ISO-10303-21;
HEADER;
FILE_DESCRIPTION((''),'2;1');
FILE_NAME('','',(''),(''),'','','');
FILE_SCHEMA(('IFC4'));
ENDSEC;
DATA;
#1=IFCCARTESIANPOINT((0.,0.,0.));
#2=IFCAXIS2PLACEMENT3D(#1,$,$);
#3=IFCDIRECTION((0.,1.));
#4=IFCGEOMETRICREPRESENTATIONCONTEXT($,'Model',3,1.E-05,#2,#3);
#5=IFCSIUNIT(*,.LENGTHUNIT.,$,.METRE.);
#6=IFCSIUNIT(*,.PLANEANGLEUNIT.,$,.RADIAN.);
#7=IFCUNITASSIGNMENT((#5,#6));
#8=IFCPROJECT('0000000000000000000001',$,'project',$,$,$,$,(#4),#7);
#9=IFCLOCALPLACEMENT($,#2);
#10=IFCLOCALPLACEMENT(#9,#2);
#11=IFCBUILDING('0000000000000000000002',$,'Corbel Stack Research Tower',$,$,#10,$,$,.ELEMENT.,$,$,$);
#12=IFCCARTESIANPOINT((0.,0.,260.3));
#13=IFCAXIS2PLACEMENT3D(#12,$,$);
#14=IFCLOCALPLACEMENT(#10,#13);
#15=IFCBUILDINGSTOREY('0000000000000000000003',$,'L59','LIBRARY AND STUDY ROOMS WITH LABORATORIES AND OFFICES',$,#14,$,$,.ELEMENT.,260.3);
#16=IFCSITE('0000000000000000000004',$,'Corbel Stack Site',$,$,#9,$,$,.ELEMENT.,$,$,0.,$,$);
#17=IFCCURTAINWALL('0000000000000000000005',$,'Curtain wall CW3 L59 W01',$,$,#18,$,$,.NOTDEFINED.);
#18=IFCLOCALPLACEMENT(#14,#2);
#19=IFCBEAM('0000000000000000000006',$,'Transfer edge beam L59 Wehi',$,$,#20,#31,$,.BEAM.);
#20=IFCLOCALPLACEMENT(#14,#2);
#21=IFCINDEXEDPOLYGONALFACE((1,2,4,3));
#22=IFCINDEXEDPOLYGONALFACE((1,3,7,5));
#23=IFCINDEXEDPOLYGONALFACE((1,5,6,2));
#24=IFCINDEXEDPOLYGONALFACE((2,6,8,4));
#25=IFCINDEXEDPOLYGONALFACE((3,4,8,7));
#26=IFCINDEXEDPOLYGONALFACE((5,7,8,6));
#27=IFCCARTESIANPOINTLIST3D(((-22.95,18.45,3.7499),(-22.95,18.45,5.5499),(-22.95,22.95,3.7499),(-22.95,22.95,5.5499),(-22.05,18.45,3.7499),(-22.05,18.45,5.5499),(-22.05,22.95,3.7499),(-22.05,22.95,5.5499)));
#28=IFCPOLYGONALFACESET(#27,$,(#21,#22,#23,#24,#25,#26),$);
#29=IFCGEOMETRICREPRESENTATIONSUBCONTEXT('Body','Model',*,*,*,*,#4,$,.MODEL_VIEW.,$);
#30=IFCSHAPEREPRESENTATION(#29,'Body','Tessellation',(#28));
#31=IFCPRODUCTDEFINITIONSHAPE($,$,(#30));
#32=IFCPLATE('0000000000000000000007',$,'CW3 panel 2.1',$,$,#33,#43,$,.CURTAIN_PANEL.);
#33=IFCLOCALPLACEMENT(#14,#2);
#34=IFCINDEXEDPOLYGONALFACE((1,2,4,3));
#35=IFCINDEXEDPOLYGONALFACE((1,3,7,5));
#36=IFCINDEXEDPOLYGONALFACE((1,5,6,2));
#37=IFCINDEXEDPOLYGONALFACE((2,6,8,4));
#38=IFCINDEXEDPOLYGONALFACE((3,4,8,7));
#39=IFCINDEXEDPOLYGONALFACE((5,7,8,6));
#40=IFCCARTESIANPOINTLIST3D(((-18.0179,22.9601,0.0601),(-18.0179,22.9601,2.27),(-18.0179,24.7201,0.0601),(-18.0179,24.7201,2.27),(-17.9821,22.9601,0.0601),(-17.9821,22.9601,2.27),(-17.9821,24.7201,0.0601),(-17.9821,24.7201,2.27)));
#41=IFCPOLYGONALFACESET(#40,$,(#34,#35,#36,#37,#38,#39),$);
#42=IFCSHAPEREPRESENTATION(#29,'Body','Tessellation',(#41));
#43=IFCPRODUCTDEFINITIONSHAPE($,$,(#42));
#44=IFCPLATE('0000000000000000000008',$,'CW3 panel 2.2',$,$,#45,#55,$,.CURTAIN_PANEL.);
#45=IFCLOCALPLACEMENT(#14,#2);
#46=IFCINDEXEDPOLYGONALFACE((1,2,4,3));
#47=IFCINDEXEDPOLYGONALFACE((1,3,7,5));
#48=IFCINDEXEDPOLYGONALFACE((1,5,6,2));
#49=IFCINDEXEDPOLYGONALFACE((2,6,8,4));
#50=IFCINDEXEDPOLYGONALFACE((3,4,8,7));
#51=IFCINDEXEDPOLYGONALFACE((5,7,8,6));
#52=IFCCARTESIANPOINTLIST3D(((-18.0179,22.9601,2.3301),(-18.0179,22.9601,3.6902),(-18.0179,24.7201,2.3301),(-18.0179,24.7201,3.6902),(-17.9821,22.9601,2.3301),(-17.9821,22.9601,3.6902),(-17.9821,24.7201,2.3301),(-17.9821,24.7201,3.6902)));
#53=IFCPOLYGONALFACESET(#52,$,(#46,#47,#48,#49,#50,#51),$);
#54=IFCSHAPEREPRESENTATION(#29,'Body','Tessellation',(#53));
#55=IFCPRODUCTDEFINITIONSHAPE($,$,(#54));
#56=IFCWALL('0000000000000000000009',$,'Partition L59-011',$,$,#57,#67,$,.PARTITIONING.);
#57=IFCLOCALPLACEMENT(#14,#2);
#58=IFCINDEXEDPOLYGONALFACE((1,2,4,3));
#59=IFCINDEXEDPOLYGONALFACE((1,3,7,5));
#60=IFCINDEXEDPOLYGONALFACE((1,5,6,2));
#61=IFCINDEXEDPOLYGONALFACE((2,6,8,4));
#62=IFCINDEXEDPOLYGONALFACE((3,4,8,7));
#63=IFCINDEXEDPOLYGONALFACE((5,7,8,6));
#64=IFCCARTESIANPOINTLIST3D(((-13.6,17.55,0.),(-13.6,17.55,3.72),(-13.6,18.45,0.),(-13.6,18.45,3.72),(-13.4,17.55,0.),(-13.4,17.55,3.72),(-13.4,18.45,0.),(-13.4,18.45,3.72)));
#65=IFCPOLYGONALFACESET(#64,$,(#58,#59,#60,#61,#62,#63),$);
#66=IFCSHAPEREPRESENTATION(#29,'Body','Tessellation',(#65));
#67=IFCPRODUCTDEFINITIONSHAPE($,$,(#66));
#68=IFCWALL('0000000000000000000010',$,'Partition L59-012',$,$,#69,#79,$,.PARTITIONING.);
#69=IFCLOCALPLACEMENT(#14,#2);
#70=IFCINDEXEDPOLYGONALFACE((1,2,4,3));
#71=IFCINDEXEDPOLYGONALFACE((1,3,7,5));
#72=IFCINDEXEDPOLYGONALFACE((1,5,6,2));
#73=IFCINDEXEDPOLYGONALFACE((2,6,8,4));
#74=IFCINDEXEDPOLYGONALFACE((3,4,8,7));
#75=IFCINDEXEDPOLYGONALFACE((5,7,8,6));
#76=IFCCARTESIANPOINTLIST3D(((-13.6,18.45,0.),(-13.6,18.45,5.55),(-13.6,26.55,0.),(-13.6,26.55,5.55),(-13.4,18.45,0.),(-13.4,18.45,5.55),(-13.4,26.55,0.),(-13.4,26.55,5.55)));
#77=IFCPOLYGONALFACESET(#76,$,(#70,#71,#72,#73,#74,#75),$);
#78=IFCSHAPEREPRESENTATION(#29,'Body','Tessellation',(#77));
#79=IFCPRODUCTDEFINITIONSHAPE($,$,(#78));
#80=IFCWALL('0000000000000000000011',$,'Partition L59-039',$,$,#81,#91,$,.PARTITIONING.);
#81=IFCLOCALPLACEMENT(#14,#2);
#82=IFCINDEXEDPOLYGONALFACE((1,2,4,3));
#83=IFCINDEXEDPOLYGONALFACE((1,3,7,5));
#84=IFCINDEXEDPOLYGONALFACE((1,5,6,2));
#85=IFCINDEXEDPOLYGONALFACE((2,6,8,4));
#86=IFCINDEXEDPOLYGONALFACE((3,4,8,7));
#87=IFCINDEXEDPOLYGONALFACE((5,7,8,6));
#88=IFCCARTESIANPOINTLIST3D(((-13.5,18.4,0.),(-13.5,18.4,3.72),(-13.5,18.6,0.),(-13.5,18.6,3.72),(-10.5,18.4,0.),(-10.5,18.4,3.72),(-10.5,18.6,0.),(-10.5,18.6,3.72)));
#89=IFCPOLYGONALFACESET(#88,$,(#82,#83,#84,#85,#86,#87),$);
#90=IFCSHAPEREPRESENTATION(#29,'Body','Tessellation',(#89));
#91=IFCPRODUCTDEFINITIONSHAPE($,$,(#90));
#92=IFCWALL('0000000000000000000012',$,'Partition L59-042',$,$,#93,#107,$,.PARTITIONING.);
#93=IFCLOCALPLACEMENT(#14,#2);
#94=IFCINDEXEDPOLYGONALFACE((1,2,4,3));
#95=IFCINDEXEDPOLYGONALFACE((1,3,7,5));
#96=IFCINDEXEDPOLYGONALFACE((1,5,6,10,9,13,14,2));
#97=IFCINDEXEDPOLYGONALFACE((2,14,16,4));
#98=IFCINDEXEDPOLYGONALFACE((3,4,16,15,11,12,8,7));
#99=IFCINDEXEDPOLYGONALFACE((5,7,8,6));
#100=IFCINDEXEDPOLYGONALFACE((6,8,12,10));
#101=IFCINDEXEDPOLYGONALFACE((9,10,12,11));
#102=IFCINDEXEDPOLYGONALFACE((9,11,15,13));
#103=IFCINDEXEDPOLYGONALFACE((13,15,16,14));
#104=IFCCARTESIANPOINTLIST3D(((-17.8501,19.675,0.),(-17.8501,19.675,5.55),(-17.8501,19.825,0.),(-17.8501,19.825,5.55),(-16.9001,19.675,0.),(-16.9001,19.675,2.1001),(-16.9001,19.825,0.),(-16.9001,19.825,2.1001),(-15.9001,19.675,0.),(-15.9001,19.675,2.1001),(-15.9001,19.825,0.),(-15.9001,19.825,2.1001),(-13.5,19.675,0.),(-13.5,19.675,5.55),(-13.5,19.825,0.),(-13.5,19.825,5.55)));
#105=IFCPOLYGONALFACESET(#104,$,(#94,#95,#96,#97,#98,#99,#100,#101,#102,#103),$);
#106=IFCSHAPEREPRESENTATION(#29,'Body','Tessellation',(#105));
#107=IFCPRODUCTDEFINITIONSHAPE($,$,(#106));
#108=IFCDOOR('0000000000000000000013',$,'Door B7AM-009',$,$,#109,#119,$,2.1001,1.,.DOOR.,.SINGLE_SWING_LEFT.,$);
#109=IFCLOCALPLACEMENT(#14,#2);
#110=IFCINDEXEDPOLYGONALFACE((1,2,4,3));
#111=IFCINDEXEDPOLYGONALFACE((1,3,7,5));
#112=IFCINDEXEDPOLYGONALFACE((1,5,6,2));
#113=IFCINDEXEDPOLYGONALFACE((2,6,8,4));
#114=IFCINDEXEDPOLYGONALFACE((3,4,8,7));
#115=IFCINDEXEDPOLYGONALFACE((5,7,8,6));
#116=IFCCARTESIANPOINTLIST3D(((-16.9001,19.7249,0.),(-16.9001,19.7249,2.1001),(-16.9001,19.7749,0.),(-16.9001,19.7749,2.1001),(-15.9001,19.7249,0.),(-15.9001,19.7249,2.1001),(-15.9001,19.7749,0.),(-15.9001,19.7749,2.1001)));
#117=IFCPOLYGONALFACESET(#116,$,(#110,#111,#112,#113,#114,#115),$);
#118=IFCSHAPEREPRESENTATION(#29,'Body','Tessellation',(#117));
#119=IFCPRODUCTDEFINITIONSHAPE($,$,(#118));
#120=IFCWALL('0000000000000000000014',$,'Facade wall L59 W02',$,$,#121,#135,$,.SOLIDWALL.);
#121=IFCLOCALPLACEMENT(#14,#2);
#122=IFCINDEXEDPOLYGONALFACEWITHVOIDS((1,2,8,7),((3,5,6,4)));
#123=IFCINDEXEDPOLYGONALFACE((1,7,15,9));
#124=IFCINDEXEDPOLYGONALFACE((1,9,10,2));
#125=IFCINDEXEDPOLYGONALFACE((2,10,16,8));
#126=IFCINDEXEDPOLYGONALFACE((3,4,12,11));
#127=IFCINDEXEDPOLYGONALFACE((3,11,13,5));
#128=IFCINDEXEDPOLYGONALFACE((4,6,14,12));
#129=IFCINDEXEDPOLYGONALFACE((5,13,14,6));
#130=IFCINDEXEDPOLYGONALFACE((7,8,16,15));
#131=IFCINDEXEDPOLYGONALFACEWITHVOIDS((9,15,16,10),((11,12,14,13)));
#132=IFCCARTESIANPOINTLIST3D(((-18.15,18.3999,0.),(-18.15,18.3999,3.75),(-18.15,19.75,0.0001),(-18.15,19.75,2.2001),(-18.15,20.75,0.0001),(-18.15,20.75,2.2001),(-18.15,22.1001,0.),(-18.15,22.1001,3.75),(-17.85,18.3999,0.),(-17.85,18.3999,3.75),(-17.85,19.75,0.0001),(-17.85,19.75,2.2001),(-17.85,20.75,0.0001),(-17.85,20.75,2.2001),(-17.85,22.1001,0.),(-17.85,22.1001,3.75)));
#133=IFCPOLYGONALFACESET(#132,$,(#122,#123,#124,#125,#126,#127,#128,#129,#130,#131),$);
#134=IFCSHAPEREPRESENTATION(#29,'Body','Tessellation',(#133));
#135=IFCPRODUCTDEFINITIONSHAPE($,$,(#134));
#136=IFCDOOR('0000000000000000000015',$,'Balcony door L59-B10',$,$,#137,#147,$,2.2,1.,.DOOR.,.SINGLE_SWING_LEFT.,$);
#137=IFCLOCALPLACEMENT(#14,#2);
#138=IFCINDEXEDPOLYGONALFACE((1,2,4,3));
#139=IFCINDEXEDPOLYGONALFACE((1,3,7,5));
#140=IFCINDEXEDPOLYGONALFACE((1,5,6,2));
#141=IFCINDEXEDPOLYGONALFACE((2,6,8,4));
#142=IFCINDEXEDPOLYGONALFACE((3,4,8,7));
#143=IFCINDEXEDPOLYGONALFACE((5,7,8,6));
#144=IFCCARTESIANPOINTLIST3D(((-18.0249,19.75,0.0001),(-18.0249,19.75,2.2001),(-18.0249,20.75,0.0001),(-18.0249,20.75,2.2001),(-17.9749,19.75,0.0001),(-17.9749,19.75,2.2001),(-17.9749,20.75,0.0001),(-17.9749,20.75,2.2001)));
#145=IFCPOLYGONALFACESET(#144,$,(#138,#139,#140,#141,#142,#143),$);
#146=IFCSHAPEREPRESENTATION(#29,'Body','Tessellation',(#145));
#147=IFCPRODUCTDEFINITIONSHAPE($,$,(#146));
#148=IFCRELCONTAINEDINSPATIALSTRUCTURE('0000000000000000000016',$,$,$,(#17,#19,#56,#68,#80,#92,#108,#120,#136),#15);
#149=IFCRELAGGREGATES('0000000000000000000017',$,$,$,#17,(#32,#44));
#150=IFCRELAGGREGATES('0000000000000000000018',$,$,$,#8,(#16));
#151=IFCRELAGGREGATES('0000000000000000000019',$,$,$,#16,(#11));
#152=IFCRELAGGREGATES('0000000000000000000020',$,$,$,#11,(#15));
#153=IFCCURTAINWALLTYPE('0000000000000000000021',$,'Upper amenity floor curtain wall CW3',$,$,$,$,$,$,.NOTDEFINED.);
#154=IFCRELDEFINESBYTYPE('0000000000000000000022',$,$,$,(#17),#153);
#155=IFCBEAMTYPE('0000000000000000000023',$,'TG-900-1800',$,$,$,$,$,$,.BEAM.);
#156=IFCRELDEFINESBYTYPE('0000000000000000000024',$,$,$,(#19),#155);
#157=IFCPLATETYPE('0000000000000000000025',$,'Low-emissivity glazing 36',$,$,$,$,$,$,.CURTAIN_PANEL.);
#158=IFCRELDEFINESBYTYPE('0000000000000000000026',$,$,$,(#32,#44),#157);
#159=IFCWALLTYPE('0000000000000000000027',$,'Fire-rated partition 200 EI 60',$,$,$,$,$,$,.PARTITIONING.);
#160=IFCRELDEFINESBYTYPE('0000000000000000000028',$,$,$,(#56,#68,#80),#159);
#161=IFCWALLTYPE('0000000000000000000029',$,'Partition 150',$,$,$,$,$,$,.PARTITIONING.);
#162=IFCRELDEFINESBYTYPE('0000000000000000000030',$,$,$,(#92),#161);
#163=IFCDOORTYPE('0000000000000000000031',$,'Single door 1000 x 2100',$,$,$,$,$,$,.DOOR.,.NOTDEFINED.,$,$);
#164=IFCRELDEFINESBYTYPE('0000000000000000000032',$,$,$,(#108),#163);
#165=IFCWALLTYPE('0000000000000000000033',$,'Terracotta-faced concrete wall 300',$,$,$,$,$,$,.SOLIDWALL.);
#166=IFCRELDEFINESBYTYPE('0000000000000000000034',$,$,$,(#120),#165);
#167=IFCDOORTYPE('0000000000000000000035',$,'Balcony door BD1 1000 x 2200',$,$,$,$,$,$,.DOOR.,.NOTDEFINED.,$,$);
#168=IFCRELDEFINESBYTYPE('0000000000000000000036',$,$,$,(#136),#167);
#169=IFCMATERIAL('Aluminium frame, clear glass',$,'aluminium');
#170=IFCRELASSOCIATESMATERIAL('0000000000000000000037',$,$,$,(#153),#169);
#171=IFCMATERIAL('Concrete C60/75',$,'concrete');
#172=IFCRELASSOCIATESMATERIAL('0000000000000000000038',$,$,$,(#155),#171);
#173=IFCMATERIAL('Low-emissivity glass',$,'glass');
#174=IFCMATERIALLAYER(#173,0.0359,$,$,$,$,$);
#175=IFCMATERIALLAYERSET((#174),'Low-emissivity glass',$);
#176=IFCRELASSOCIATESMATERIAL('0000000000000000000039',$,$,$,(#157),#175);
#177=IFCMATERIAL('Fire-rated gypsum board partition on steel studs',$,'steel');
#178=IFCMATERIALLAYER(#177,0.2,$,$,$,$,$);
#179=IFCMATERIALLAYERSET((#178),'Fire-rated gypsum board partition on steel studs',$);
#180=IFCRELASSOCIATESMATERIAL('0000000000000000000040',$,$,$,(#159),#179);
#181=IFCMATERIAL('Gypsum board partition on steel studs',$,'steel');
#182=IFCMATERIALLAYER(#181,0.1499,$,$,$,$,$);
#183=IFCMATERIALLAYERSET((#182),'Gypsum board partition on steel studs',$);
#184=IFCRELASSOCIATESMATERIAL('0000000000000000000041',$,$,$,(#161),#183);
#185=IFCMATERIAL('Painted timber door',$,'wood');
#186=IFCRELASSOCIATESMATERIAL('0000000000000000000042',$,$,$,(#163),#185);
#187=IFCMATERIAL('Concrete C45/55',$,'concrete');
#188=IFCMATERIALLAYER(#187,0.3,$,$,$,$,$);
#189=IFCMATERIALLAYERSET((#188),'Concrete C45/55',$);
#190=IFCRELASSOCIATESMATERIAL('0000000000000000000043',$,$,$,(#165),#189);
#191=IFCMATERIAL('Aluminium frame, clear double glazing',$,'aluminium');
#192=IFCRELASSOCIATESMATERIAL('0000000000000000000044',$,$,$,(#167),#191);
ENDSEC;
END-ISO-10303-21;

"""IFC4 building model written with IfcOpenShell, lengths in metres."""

from ifc_helpers import new_model, si_unit, direction, frame, frame_2d, origin, origin_2d, place, context, subcontext, project, spatial, rectangle, extrude, material, layer, layer_set, material_profile, profile_set, type_object, element, fill, aggregate, save


model = new_model("IFC4")

# Units and contexts
model_context = context("Model", 3, precision=1e-05, world=origin(), true_north=direction((0.0, 1.0)))
body_context = subcontext(model_context, "Body", "Model", "MODEL_VIEW")
ifc_project = project(units=[si_unit("LENGTHUNIT", "METRE"), si_unit("PLANEANGLEUNIT", "RADIAN")], contexts=[model_context])

# Site, building, storey
site_placement = place(None, origin())
site = spatial("IfcSite", under=ifc_project, at=site_placement, Name="Corbel Stack Site", CompositionType="ELEMENT", RefElevation=0.0)
building_placement = place(site_placement, origin())
building = spatial("IfcBuilding", under=site, at=building_placement, Name="Corbel Stack Research Tower", CompositionType="ELEMENT")
storey_placement = place(building_placement, frame((0.0, 0.0, 260.3)))
storey = spatial("IfcBuildingStorey", under=building, at=storey_placement, Name="L59", Description="LIBRARY AND STUDY ROOMS WITH LABORATORIES AND OFFICES", CompositionType="ELEMENT", Elevation=260.3)

# Curtain wall
ifc_material_1 = material(Name="Aluminium frame, clear glass", Category="aluminium")
curtain_wall_type = type_object("IfcCurtainWallType", Name="Upper amenity floor curtain wall CW3", PredefinedType="NOTDEFINED", material=ifc_material_1)
curtain_wall_1_placement = place(storey_placement, origin())
curtain_wall_1 = element("IfcCurtainWall", 1, at=curtain_wall_1_placement, inside=storey, type_object=curtain_wall_type, Name="Curtain wall CW3 L59 W01", PredefinedType="NOTDEFINED")

# Beam
ifc_material_2 = material(Name="Concrete C60/75", Category="concrete")
ifc_material_profile_1 = material_profile(ifc_material_2, rectangle(XDim=0.8999, YDim=1.8, at=origin_2d()), Name="RC 900 x 1800")
ifc_profile_set_1 = profile_set([ifc_material_profile_1], Name="Concrete C60/75")
beam_type_1 = type_object("IfcBeamType", Name="TG-900-1800", PredefinedType="BEAM", material=ifc_profile_set_1)
beam_1_placement = place(storey_placement, frame((-22.5, 18.45, 4.6499), z_axis=(0.0, 1.0, 0.0), x_axis=(-1.0, 0.0, 0.0)))
element("IfcBeam", 2, at=beam_1_placement, inside=storey, type_object=beam_type_1, Name="Transfer edge beam L59 Wehi", PredefinedType="BEAM", context=body_context, shape_type="SweptSolid", body=[
    extrude(rectangle(XDim=0.8999, YDim=1.8, at=origin_2d()), origin(), (0.0, 0.0, 1.0), 4.5),
])

# Plates
ifc_material_3 = material(Name="Low-emissivity glass", Category="glass")
ifc_layer_1 = layer(ifc_material_3, 0.0359)
ifc_layer_set_1 = layer_set([ifc_layer_1], Name="Low-emissivity glass")
plate_type = type_object("IfcPlateType", Name="Low-emissivity glazing 36", PredefinedType="CURTAIN_PANEL", material=ifc_layer_set_1)
plate_1_placement = place(storey_placement, frame((-18.0, 23.8401, 0.0601), z_axis=(0.0, 0.0, 1.0), x_axis=(0.0, -1.0, 0.0)))
plate_1 = element("IfcPlate", 3, at=plate_1_placement, type_object=plate_type, Name="CW3 panel 2.1", PredefinedType="CURTAIN_PANEL", context=body_context, shape_type="SweptSolid", body=[
    extrude(rectangle(XDim=1.76, YDim=0.0359, at=origin_2d()), origin(), (0.0, 0.0, 1.0), 2.21),
])
plate_2_placement = place(storey_placement, frame((-18.0, 23.8401, 2.3301), z_axis=(0.0, 0.0, 1.0), x_axis=(0.0, -1.0, 0.0)))
plate_2 = element("IfcPlate", 4, at=plate_2_placement, type_object=plate_type, Name="CW3 panel 2.2", PredefinedType="CURTAIN_PANEL", context=body_context, shape_type="SweptSolid", body=[
    extrude(rectangle(XDim=1.76, YDim=0.0359, at=origin_2d()), origin(), (0.0, 0.0, 1.0), 1.3601),
])
aggregate(curtain_wall_1, [plate_1, plate_2])

# Walls
ifc_material_4 = material(Name="Fire-rated gypsum board partition on steel studs", Category="steel")
ifc_layer_2 = layer(ifc_material_4, 0.2)
ifc_layer_set_2 = layer_set([ifc_layer_2], Name="Fire-rated gypsum board partition on steel studs")
wall_type_1 = type_object("IfcWallType", Name="Fire-rated partition 200 EI 60", PredefinedType="PARTITIONING", material=ifc_layer_set_2)
wall_1_placement = place(storey_placement, frame((-13.5, 17.55, 0.0), z_axis=(0.0, 0.0, 1.0), x_axis=(0.0, 1.0, 0.0)))
element("IfcWall", 5, at=wall_1_placement, inside=storey, type_object=wall_type_1, Name="Partition L59-011", PredefinedType="PARTITIONING", context=body_context, shape_type="SweptSolid", body=[
    extrude(rectangle(XDim=0.8999, YDim=0.2, at=frame_2d((0.45, 0.0))), origin(), (0.0, 0.0, 1.0), 3.72),
])
wall_2_placement = place(storey_placement, frame((-13.5, 18.45, 0.0), z_axis=(0.0, 0.0, 1.0), x_axis=(0.0, 1.0, 0.0)))
element("IfcWall", 6, at=wall_2_placement, inside=storey, type_object=wall_type_1, Name="Partition L59-012", PredefinedType="PARTITIONING", context=body_context, shape_type="SweptSolid", body=[
    extrude(rectangle(XDim=8.1001, YDim=0.2, at=frame_2d((4.05, 0.0))), origin(), (0.0, 0.0, 1.0), 5.55),
])
wall_3_placement = place(storey_placement, frame((-13.5, 18.5, 0.0), z_axis=(0.0, 0.0, 1.0), x_axis=(1.0, 0.0, 0.0)))
element("IfcWall", 7, at=wall_3_placement, inside=storey, type_object=wall_type_1, Name="Partition L59-039", PredefinedType="PARTITIONING", context=body_context, shape_type="SweptSolid", body=[
    extrude(rectangle(XDim=3.0, YDim=0.2, at=frame_2d((1.5, 0.0))), origin(), (0.0, 0.0, 1.0), 3.72),
])

# Walls, openings, doors
ifc_material_5 = material(Name="Gypsum board partition on steel studs", Category="steel")
ifc_layer_3 = layer(ifc_material_5, 0.1499)
ifc_layer_set_3 = layer_set([ifc_layer_3], Name="Gypsum board partition on steel studs")
wall_type_2 = type_object("IfcWallType", Name="Partition 150", PredefinedType="PARTITIONING", material=ifc_layer_set_3)
wall_4_placement = place(storey_placement, frame((-17.8501, 19.75, 0.0), z_axis=(0.0, 0.0, 1.0), x_axis=(1.0, 0.0, 0.0)))
wall_4 = element("IfcWall", 8, at=wall_4_placement, inside=storey, type_object=wall_type_2, Name="Partition L59-042", PredefinedType="PARTITIONING", context=body_context, shape_type="SweptSolid", body=[
    extrude(rectangle(XDim=4.3501, YDim=0.1499, at=frame_2d((2.175, 0.0))), origin(), (0.0, 0.0, 1.0), 5.55),
])
opening_1_placement = place(wall_4_placement, frame((0.95, 0.0, 0.0)))
opening_1 = element("IfcOpeningElement", 9, at=opening_1_placement, cuts=wall_4, PredefinedType="OPENING", context=body_context, shape_type="SweptSolid", body=[
    extrude(rectangle(XDim=1.0, YDim=2.1001, at=frame_2d((0.5, 1.05))), frame((0.0, 0.085, 0.0), z_axis=(0.0, -1.0, 0.0), x_axis=(1.0, 0.0, 0.0)), (0.0, 0.0, 1.0), 0.1699),
])
ifc_material_6 = material(Name="Painted timber door", Category="wood")
door_type_1 = type_object("IfcDoorType", Name="Single door 1000 x 2100", OperationType="NOTDEFINED", PredefinedType="DOOR", material=ifc_material_6)
door_1_placement = place(opening_1_placement, origin())
door_1 = element("IfcDoor", 10, at=door_1_placement, inside=storey, type_object=door_type_1, Name="Door B7AM-009", OperationType="SINGLE_SWING_LEFT", OverallHeight=2.1001, OverallWidth=1.0, PredefinedType="DOOR", context=body_context, shape_type="SweptSolid", body=[
    extrude(rectangle(XDim=1.0, YDim=2.1001, at=frame_2d((0.5, 1.05))), frame((0.0, 0.0249, 0.0), z_axis=(0.0, -1.0, 0.0), x_axis=(1.0, 0.0, 0.0)), (0.0, 0.0, 1.0), 0.05),
])
fill(opening_1, door_1)
ifc_material_7 = material(Name="Concrete C45/55", Category="concrete")
ifc_layer_4 = layer(ifc_material_7, 0.3)
ifc_layer_set_4 = layer_set([ifc_layer_4], Name="Concrete C45/55")
wall_type_3 = type_object("IfcWallType", Name="Terracotta-faced concrete wall 300", PredefinedType="SOLIDWALL", material=ifc_layer_set_4)
wall_5_placement = place(storey_placement, frame((-18.0, 18.3999, 0.0), z_axis=(0.0, 0.0, 1.0), x_axis=(0.0, 1.0, 0.0)))
wall_5 = element("IfcWall", 11, at=wall_5_placement, inside=storey, type_object=wall_type_3, Name="Facade wall L59 W02", PredefinedType="SOLIDWALL", context=body_context, shape_type="SweptSolid", body=[
    extrude(rectangle(XDim=3.7002, YDim=0.3, at=frame_2d((1.8501, 0.0))), origin(), (0.0, 0.0, 1.0), 3.75),
])
opening_2_placement = place(wall_5_placement, frame((1.3501, 0.0, 0.0)))
opening_2 = element("IfcOpeningElement", 12, at=opening_2_placement, cuts=wall_5, PredefinedType="OPENING", context=body_context, shape_type="SweptSolid", body=[
    extrude(rectangle(XDim=1.0, YDim=2.2, at=frame_2d((0.5, 1.1001))), frame((0.0, 0.1599, 0.0), z_axis=(0.0, -1.0, 0.0), x_axis=(1.0, 0.0, 0.0)), (0.0, 0.0, 1.0), 0.3201),
])
ifc_material_8 = material(Name="Aluminium frame, clear double glazing", Category="aluminium")
door_type_2 = type_object("IfcDoorType", Name="Balcony door BD1 1000 x 2200", OperationType="NOTDEFINED", PredefinedType="DOOR", material=ifc_material_8)
door_2_placement = place(opening_2_placement, origin())
door_2 = element("IfcDoor", 13, at=door_2_placement, inside=storey, type_object=door_type_2, Name="Balcony door L59-B10", OperationType="SINGLE_SWING_LEFT", OverallHeight=2.2, OverallWidth=1.0, PredefinedType="DOOR", context=body_context, shape_type="SweptSolid", body=[
    extrude(rectangle(XDim=1.0, YDim=2.2, at=frame_2d((0.5, 1.1001))), frame((0.0, 0.0249, 0.0), z_axis=(0.0, -1.0, 0.0), x_axis=(1.0, 0.0, 0.0)), (0.0, 0.0, 1.0), 0.05),
])
fill(opening_2, door_2)

save(model, "model.ifc")
